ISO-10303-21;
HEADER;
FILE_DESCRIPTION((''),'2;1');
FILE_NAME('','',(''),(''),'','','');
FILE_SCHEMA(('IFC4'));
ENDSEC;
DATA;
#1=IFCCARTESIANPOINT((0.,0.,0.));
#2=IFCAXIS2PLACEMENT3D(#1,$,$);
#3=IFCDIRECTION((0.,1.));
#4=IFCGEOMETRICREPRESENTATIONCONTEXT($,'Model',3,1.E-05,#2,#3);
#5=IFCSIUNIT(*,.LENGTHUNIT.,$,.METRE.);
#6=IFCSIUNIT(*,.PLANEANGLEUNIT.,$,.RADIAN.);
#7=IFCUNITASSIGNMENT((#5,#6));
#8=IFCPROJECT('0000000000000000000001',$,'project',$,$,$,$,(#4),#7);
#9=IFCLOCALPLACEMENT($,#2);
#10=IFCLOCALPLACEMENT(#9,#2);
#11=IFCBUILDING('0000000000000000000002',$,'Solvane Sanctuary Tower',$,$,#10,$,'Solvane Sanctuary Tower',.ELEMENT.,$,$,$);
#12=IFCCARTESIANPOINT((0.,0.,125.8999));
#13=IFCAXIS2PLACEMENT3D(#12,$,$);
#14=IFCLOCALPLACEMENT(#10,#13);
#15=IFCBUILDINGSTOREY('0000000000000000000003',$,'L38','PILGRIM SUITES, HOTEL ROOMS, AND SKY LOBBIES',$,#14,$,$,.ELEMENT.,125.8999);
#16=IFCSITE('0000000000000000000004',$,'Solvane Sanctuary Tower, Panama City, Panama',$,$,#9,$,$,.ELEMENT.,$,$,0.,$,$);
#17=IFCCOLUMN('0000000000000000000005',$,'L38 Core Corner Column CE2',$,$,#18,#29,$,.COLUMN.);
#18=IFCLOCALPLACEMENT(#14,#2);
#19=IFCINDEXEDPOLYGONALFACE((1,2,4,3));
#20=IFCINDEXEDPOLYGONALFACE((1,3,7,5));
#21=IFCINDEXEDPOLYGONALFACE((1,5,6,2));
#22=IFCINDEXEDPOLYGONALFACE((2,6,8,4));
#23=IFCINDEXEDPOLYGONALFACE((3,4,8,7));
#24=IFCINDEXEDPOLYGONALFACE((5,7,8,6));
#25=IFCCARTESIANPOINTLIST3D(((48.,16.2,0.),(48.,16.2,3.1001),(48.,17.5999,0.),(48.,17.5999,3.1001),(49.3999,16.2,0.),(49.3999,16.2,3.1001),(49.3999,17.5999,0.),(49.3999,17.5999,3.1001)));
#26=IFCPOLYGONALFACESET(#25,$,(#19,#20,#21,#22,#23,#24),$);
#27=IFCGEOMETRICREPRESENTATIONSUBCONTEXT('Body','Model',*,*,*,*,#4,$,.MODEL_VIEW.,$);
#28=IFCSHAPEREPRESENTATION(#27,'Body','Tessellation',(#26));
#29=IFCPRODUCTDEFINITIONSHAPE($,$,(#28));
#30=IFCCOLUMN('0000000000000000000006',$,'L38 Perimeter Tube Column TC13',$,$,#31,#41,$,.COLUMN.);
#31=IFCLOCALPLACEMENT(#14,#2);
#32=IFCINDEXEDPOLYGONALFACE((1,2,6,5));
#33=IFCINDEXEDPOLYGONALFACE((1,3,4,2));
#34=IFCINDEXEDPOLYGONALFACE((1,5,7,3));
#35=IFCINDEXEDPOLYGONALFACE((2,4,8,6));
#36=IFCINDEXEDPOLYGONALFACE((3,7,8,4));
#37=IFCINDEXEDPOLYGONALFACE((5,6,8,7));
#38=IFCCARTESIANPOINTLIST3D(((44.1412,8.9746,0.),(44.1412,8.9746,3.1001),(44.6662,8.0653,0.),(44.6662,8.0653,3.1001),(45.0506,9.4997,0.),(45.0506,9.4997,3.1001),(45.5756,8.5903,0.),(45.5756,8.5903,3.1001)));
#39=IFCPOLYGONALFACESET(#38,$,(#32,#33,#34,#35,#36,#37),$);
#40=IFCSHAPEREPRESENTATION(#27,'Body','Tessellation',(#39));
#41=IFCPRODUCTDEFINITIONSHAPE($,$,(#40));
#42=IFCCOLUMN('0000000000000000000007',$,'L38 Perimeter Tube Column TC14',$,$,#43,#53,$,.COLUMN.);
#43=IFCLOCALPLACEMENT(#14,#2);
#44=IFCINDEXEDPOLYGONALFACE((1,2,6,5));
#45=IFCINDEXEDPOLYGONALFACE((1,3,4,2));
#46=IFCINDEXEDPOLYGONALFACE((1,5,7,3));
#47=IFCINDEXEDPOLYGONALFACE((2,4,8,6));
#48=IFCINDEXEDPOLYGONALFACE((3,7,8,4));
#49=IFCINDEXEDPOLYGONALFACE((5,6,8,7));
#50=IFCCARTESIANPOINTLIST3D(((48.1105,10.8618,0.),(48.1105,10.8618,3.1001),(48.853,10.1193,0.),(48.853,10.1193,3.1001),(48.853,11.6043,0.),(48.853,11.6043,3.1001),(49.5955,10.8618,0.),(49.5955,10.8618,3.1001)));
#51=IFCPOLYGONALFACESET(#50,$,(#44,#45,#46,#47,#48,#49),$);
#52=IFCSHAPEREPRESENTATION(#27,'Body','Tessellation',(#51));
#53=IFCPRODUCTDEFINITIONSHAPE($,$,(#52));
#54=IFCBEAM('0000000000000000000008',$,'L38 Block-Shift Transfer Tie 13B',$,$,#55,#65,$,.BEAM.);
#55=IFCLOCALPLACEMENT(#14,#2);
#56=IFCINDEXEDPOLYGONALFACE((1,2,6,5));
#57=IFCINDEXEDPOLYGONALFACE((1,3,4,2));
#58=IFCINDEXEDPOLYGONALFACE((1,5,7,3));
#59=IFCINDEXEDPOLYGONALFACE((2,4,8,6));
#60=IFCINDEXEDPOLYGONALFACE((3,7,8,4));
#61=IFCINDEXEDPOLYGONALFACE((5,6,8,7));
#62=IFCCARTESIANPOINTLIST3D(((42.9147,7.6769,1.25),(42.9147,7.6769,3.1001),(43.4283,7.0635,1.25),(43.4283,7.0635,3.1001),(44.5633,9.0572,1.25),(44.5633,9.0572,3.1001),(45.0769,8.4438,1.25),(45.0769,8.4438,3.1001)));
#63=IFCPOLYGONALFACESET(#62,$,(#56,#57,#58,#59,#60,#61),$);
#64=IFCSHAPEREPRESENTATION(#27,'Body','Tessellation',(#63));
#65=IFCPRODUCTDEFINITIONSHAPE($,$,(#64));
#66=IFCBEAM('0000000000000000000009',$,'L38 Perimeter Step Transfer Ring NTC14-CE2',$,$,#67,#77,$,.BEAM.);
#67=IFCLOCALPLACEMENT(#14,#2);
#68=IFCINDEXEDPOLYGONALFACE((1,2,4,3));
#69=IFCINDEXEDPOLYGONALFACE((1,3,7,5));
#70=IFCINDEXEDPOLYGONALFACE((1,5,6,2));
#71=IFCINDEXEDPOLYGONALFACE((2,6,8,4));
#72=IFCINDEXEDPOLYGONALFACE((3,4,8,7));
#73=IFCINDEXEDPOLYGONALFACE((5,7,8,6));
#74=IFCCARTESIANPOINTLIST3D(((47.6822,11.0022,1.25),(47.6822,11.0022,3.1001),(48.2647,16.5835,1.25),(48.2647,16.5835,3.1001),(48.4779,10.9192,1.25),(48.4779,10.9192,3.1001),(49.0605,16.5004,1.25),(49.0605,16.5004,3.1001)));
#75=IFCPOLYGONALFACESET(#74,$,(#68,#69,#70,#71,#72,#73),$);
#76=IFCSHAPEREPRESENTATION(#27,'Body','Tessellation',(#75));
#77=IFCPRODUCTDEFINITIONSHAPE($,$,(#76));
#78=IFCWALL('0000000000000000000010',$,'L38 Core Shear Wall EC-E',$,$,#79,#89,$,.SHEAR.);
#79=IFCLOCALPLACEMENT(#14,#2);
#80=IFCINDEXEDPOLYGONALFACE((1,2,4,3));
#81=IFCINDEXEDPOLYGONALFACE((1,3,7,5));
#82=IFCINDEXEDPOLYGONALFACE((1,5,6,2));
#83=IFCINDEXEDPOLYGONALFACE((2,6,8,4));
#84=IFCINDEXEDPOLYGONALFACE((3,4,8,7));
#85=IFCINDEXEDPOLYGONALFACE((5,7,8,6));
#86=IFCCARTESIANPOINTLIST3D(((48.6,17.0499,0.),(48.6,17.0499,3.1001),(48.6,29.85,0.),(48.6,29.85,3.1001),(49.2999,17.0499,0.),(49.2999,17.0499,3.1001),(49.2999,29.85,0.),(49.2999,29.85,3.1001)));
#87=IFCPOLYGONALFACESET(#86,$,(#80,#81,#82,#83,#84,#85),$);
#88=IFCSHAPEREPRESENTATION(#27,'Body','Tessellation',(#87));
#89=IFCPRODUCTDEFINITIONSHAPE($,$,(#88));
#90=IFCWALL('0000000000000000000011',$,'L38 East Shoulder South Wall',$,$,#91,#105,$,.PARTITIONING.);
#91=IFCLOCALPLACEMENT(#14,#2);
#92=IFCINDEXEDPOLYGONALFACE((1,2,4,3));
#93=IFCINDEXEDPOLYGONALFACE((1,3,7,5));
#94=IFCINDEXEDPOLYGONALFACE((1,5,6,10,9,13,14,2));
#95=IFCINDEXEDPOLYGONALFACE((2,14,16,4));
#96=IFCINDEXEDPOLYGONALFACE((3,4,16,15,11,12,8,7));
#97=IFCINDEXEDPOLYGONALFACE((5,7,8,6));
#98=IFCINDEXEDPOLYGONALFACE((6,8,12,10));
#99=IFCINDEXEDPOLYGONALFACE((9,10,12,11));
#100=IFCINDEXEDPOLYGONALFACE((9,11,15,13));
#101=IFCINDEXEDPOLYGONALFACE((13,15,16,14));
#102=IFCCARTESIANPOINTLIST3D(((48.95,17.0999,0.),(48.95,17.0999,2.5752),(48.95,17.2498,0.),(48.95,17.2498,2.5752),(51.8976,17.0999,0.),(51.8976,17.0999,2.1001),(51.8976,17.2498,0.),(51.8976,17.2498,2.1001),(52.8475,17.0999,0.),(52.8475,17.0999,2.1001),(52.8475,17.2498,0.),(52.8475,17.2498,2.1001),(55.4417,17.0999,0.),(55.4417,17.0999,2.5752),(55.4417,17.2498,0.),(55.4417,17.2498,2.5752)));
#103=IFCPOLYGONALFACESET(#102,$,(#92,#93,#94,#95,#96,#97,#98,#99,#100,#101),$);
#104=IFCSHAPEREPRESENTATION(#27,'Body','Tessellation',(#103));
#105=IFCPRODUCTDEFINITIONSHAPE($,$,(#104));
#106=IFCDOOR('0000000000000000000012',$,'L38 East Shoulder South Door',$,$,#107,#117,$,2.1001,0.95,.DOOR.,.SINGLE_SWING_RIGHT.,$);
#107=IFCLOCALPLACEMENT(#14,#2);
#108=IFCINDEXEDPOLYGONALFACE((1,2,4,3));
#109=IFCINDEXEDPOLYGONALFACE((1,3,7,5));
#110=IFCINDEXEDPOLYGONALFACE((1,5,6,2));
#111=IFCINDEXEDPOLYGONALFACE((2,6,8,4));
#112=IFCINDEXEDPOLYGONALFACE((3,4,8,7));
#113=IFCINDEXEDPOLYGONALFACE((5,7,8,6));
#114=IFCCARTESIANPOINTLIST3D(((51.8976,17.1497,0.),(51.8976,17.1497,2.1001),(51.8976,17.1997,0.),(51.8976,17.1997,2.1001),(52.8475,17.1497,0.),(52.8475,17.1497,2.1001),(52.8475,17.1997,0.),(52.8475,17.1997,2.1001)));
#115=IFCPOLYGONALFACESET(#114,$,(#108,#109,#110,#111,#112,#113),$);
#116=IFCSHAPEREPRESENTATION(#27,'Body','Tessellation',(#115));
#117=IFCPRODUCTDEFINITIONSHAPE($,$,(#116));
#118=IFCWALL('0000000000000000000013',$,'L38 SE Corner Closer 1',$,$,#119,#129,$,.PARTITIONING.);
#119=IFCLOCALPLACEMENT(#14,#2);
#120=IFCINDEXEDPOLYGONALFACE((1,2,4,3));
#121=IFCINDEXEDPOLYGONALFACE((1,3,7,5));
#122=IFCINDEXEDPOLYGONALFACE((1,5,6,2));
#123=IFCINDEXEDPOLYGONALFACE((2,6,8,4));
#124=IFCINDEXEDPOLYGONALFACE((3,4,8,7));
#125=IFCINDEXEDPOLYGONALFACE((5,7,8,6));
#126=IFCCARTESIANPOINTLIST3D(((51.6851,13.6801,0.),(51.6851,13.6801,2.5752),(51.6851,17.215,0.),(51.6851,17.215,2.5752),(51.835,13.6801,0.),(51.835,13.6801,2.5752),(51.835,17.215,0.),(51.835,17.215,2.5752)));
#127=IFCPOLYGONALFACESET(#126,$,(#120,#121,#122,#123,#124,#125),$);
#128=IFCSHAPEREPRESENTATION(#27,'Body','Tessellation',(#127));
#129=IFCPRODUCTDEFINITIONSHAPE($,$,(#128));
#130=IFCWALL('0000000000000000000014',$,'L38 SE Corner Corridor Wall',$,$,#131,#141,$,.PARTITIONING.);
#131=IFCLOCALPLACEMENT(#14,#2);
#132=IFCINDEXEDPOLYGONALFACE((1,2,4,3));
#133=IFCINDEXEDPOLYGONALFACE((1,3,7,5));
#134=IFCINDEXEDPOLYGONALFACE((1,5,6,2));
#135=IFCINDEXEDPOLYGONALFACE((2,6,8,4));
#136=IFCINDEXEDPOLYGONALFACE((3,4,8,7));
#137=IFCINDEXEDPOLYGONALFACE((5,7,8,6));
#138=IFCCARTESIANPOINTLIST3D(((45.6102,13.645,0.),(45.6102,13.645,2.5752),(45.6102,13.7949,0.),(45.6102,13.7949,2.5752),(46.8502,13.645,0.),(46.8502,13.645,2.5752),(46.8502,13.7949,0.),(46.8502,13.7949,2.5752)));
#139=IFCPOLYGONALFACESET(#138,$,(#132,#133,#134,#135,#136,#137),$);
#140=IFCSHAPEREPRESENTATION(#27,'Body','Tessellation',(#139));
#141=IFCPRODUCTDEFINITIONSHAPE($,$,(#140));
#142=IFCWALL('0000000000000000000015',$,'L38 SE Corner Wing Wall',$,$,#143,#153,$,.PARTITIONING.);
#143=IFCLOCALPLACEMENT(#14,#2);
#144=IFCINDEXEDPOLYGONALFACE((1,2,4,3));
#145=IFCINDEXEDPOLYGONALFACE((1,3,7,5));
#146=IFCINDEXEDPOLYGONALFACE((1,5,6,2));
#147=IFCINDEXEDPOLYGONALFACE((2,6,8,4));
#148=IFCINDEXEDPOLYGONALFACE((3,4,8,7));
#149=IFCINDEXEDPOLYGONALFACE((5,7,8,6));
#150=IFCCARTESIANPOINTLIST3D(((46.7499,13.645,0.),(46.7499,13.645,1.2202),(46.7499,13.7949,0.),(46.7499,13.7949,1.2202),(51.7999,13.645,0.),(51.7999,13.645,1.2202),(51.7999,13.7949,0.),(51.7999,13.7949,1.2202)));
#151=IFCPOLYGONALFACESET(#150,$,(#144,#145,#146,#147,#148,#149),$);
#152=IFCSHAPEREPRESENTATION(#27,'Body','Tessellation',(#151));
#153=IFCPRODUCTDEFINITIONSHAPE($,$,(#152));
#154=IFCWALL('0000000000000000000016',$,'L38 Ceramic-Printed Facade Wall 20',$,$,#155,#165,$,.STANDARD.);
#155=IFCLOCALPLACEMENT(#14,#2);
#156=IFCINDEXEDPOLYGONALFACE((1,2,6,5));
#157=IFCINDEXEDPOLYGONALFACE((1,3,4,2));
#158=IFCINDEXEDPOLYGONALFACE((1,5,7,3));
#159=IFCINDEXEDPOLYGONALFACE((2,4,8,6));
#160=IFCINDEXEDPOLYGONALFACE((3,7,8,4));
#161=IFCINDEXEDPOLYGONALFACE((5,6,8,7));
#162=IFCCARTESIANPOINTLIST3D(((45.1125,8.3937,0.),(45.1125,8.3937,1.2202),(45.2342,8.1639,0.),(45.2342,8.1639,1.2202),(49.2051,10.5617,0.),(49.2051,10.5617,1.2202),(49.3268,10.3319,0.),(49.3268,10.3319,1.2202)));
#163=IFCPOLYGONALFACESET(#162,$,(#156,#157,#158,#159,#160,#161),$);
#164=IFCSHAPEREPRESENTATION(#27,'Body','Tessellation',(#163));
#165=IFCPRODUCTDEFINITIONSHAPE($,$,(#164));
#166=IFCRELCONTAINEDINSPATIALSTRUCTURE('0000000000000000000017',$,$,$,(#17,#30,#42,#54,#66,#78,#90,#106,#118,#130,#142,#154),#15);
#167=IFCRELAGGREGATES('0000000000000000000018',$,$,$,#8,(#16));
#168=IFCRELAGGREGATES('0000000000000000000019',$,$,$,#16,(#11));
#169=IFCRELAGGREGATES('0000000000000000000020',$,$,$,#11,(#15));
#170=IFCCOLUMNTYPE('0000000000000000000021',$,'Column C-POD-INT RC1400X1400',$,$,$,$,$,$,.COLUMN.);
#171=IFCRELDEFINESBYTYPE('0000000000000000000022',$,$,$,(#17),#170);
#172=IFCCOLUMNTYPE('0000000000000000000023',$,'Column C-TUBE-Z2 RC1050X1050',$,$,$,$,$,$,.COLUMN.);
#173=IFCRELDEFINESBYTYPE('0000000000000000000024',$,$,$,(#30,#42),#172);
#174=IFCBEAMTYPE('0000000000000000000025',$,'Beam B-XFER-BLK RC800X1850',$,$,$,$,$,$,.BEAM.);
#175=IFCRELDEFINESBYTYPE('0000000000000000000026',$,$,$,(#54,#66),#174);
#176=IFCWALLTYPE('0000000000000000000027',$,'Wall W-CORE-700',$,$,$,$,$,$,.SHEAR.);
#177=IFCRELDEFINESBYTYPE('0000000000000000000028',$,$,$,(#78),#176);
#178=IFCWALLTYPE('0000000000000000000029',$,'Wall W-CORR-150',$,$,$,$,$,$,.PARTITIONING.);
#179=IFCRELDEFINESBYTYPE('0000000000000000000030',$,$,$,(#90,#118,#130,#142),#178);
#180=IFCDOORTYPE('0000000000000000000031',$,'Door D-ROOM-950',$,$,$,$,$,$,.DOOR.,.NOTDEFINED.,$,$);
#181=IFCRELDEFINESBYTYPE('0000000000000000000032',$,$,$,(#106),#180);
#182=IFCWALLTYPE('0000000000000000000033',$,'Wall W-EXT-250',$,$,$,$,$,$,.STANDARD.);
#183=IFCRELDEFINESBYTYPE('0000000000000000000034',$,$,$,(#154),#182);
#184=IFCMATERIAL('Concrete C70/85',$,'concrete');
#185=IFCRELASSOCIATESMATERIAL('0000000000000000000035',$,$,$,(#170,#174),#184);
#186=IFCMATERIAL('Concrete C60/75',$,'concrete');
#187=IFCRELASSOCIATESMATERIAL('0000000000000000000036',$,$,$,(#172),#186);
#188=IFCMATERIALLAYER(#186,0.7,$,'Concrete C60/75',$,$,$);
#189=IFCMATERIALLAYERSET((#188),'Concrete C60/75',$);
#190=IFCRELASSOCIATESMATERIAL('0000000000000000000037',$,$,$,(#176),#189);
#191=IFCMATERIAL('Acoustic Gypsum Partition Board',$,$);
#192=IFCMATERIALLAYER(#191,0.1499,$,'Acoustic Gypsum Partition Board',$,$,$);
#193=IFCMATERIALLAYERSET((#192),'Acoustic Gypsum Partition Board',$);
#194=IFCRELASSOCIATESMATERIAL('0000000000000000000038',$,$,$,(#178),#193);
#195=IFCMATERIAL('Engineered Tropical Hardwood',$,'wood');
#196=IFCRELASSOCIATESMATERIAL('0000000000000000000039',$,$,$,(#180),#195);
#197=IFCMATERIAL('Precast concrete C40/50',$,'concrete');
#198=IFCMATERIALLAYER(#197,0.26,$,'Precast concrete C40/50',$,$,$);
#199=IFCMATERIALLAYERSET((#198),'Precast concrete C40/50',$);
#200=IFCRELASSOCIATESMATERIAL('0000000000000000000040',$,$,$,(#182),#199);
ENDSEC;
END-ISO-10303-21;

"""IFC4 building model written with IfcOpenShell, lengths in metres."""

from ifc_helpers import new_model, si_unit, direction, frame, frame_2d, origin, origin_2d, place, context, subcontext, project, spatial, rectangle, extrude, material, layer, layer_set, material_profile, profile_set, type_object, element, fill, save


model = new_model("IFC4")

# Units and contexts
model_context = context("Model", 3, precision=1e-05, world=origin(), true_north=direction((0.0, 1.0)))
body_context = subcontext(model_context, "Body", "Model", "MODEL_VIEW")
ifc_project = project(units=[si_unit("LENGTHUNIT", "METRE"), si_unit("PLANEANGLEUNIT", "RADIAN")], contexts=[model_context])

# Site, building, storey
site_placement = place(None, origin())
site = spatial("IfcSite", under=ifc_project, at=site_placement, Name="Solvane Sanctuary Tower, Panama City, Panama", CompositionType="ELEMENT", RefElevation=0.0)
building_placement = place(site_placement, origin())
building = spatial("IfcBuilding", under=site, at=building_placement, Name="Solvane Sanctuary Tower", LongName="Solvane Sanctuary Tower", CompositionType="ELEMENT")
storey_placement = place(building_placement, frame((0.0, 0.0, 125.8999)))
storey = spatial("IfcBuildingStorey", under=building, at=storey_placement, Name="L38", Description="PILGRIM SUITES, HOTEL ROOMS, AND SKY LOBBIES", CompositionType="ELEMENT", Elevation=125.8999)

# Columns
ifc_material_1 = material(Name="Concrete C70/85", Category="concrete")
ifc_material_profile_1 = material_profile(ifc_material_1, rectangle(XDim=1.3999, YDim=1.3999, at=origin_2d()), Name="RC1400X1400")
ifc_profile_set_1 = profile_set([ifc_material_profile_1], Name="Concrete C70/85")
column_type_1 = type_object("IfcColumnType", Name="Column C-POD-INT RC1400X1400", PredefinedType="COLUMN", material=ifc_profile_set_1)
column_placement = place(storey_placement, frame((48.7, 16.8999, 0.0), z_axis=(0.0, 0.0, 1.0), x_axis=(1.0, 0.0, 0.0)))
element("IfcColumn", 1, at=column_placement, inside=storey, type_object=column_type_1, Name="L38 Core Corner Column CE2", PredefinedType="COLUMN", context=body_context, shape_type="SweptSolid", body=[
    extrude(rectangle(XDim=1.3999, YDim=1.3999, at=origin_2d()), origin(), (0.0, 0.0, 1.0), 3.1001),
])
ifc_material_2 = material(Name="Concrete C60/75", Category="concrete")
ifc_material_profile_2 = material_profile(ifc_material_2, rectangle(XDim=1.05, YDim=1.05, at=origin_2d()), Name="RC1050X1050")
ifc_profile_set_2 = profile_set([ifc_material_profile_2], Name="Concrete C60/75")
column_type_2 = type_object("IfcColumnType", Name="Column C-TUBE-Z2 RC1050X1050", PredefinedType="COLUMN", material=ifc_profile_set_2)
for number, where, z_axis, x_axis, name in (
    (2, (44.8584, 8.7825, 0.0), (0.0, 0.0, 1.0), (0.5, -0.866025, 0.0), "L38 Perimeter Tube Column TC13"),
    (3, (48.853, 10.8618, 0.0), (0.0, 0.0, 1.0), (0.707107, -0.707107, 0.0), "L38 Perimeter Tube Column TC14"),
):
    element("IfcColumn", number, at=place(storey_placement, frame(where, z_axis=z_axis, x_axis=x_axis)), inside=storey, type_object=column_type_2, Name=name, PredefinedType="COLUMN", context=body_context, shape_type="SweptSolid", body=[
        extrude(rectangle(XDim=1.05, YDim=1.05, at=origin_2d()), origin(), (0.0, 0.0, 1.0), 3.1001),
    ])

# Beams
ifc_material_profile_3 = material_profile(ifc_material_1, rectangle(XDim=0.8, YDim=1.8501, at=origin_2d()), Name="RC800X1850")
ifc_profile_set_3 = profile_set([ifc_material_profile_3], Name="Concrete C70/85")
beam_type = type_object("IfcBeamType", Name="Beam B-XFER-BLK RC800X1850", PredefinedType="BEAM", material=ifc_profile_set_3)
beam_1_placement = place(storey_placement, frame((44.8201, 8.7505, 2.175), z_axis=(-0.766739, -0.641958, 0.0), x_axis=(0.641958, -0.766739, 0.0)))
element("IfcBeam", 4, at=beam_1_placement, inside=storey, type_object=beam_type, Name="L38 Block-Shift Transfer Tie 13B", PredefinedType="BEAM", context=body_context, shape_type="SweptSolid", body=[
    extrude(rectangle(XDim=0.8, YDim=1.8501, at=origin_2d()), origin(), (0.0, 0.0, 1.0), 2.1501),
])
beam_2_placement = place(storey_placement, frame((48.0801, 10.9607, 2.175), z_axis=(0.103806, 0.994598, 0.0), x_axis=(-0.994598, 0.103806, 0.0)))
element("IfcBeam", 5, at=beam_2_placement, inside=storey, type_object=beam_type, Name="L38 Perimeter Step Transfer Ring NTC14-CE2", PredefinedType="BEAM", context=body_context, shape_type="SweptSolid", body=[
    extrude(rectangle(XDim=0.8, YDim=1.8501, at=origin_2d()), origin(), (0.0, 0.0, 1.0), 5.6116),
])

# Wall
ifc_layer_1 = layer(ifc_material_2, 0.7, Name="Concrete C60/75")
ifc_layer_set_1 = layer_set([ifc_layer_1], Name="Concrete C60/75")
wall_type_1 = type_object("IfcWallType", Name="Wall W-CORE-700", PredefinedType="SHEAR", material=ifc_layer_set_1)
wall_1_placement = place(storey_placement, frame((48.95, 17.05, 0.0), z_axis=(0.0, 0.0, 1.0), x_axis=(0.0, 1.0, 0.0)))
element("IfcWall", 6, at=wall_1_placement, inside=storey, type_object=wall_type_1, Name="L38 Core Shear Wall EC-E", PredefinedType="SHEAR", context=body_context, shape_type="SweptSolid", body=[
    extrude(rectangle(XDim=12.8, YDim=0.7, at=frame_2d((6.3999, 0.0))), origin(), (0.0, 0.0, 1.0), 3.1001),
])

# Wall, opening, door
ifc_material_3 = material(Name="Acoustic Gypsum Partition Board")
ifc_layer_2 = layer(ifc_material_3, 0.1499, Name="Acoustic Gypsum Partition Board")
ifc_layer_set_2 = layer_set([ifc_layer_2], Name="Acoustic Gypsum Partition Board")
wall_type_2 = type_object("IfcWallType", Name="Wall W-CORR-150", PredefinedType="PARTITIONING", material=ifc_layer_set_2)
wall_2_placement = place(storey_placement, frame((48.95, 17.1748, 0.0), z_axis=(0.0, 0.0, 1.0), x_axis=(1.0, 0.0, 0.0)))
wall_2 = element("IfcWall", 7, at=wall_2_placement, inside=storey, type_object=wall_type_2, Name="L38 East Shoulder South Wall", PredefinedType="PARTITIONING", context=body_context, shape_type="SweptSolid", body=[
    extrude(rectangle(XDim=6.4917, YDim=0.1499, at=frame_2d((3.2458, 0.0))), origin(), (0.0, 0.0, 1.0), 2.5752),
])
opening_1_placement = place(wall_2_placement, frame((2.9475, 0.0, 0.0)))
opening_1 = element("IfcOpeningElement", 8, at=opening_1_placement, cuts=wall_2, PredefinedType="OPENING", context=body_context, shape_type="SweptSolid", body=[
    extrude(rectangle(XDim=0.95, YDim=2.1001, at=frame_2d((0.4751, 1.05))), frame((0.0, 0.085, 0.0), z_axis=(0.0, -1.0, 0.0), x_axis=(1.0, 0.0, 0.0)), (0.0, 0.0, 1.0), 0.1699),
])
ifc_material_4 = material(Name="Engineered Tropical Hardwood", Category="wood")
door_type_1 = type_object("IfcDoorType", Name="Door D-ROOM-950", OperationType="NOTDEFINED", PredefinedType="DOOR", material=ifc_material_4)
door_1_placement = place(opening_1_placement, origin())
door_1 = element("IfcDoor", 9, at=door_1_placement, inside=storey, type_object=door_type_1, Name="L38 East Shoulder South Door", OperationType="SINGLE_SWING_RIGHT", OverallHeight=2.1001, OverallWidth=0.95, PredefinedType="DOOR", context=body_context, shape_type="SweptSolid", body=[
    extrude(rectangle(XDim=0.95, YDim=2.1001, at=frame_2d((0.4751, 1.05))), frame((0.0, 0.0249, 0.0), z_axis=(0.0, -1.0, 0.0), x_axis=(1.0, 0.0, 0.0)), (0.0, 0.0, 1.0), 0.05),
])
fill(opening_1, door_1)

# Walls
wall_3_placement = place(storey_placement, frame((51.76, 13.6799, 0.0), z_axis=(0.0, 0.0, 1.0), x_axis=(0.0, 1.0, 0.0)))
element("IfcWall", 10, at=wall_3_placement, inside=storey, type_object=wall_type_2, Name="L38 SE Corner Closer 1", PredefinedType="PARTITIONING", context=body_context, shape_type="SweptSolid", body=[
    extrude(rectangle(XDim=3.5349, YDim=0.1499, at=frame_2d((1.7676, 0.0))), origin(), (0.0, 0.0, 1.0), 2.5752),
])
wall_4_placement = place(storey_placement, frame((45.6101, 13.72, 0.0), z_axis=(0.0, 0.0, 1.0), x_axis=(1.0, 0.0, 0.0)))
element("IfcWall", 11, at=wall_4_placement, inside=storey, type_object=wall_type_2, Name="L38 SE Corner Corridor Wall", PredefinedType="PARTITIONING", context=body_context, shape_type="SweptSolid", body=[
    extrude(rectangle(XDim=1.24, YDim=0.1499, at=frame_2d((0.6201, 0.0))), origin(), (0.0, 0.0, 1.0), 2.5752),
])
wall_5_placement = place(storey_placement, frame((46.75, 13.72, 0.0), z_axis=(0.0, 0.0, 1.0), x_axis=(1.0, 0.0, 0.0)))
element("IfcWall", 12, at=wall_5_placement, inside=storey, type_object=wall_type_2, Name="L38 SE Corner Wing Wall", PredefinedType="PARTITIONING", context=body_context, shape_type="SweptSolid", body=[
    extrude(rectangle(XDim=5.05, YDim=0.1499, at=frame_2d((2.5249, 0.0))), origin(), (0.0, 0.0, 1.0), 1.2202),
])
ifc_material_5 = material(Name="Precast concrete C40/50", Category="concrete")
ifc_layer_3 = layer(ifc_material_5, 0.26, Name="Precast concrete C40/50")
ifc_layer_set_3 = layer_set([ifc_layer_3], Name="Precast concrete C40/50")
wall_type_3 = type_object("IfcWallType", Name="Wall W-EXT-250", PredefinedType="STANDARD", material=ifc_layer_set_3)
wall_6_placement = place(storey_placement, frame((45.1733, 8.2788, 0.0), z_axis=(0.0, 0.0, 1.0), x_axis=(0.883669, 0.468113, 0.0)))
element("IfcWall", 13, at=wall_6_placement, inside=storey, type_object=wall_type_3, Name="L38 Ceramic-Printed Facade Wall 20", PredefinedType="STANDARD", context=body_context, shape_type="SweptSolid", body=[
    extrude(rectangle(XDim=4.6313, YDim=0.26, at=frame_2d((2.3157, 0.0))), origin(), (0.0, 0.0, 1.0), 1.2202),
])

save(model, "model.ifc")
